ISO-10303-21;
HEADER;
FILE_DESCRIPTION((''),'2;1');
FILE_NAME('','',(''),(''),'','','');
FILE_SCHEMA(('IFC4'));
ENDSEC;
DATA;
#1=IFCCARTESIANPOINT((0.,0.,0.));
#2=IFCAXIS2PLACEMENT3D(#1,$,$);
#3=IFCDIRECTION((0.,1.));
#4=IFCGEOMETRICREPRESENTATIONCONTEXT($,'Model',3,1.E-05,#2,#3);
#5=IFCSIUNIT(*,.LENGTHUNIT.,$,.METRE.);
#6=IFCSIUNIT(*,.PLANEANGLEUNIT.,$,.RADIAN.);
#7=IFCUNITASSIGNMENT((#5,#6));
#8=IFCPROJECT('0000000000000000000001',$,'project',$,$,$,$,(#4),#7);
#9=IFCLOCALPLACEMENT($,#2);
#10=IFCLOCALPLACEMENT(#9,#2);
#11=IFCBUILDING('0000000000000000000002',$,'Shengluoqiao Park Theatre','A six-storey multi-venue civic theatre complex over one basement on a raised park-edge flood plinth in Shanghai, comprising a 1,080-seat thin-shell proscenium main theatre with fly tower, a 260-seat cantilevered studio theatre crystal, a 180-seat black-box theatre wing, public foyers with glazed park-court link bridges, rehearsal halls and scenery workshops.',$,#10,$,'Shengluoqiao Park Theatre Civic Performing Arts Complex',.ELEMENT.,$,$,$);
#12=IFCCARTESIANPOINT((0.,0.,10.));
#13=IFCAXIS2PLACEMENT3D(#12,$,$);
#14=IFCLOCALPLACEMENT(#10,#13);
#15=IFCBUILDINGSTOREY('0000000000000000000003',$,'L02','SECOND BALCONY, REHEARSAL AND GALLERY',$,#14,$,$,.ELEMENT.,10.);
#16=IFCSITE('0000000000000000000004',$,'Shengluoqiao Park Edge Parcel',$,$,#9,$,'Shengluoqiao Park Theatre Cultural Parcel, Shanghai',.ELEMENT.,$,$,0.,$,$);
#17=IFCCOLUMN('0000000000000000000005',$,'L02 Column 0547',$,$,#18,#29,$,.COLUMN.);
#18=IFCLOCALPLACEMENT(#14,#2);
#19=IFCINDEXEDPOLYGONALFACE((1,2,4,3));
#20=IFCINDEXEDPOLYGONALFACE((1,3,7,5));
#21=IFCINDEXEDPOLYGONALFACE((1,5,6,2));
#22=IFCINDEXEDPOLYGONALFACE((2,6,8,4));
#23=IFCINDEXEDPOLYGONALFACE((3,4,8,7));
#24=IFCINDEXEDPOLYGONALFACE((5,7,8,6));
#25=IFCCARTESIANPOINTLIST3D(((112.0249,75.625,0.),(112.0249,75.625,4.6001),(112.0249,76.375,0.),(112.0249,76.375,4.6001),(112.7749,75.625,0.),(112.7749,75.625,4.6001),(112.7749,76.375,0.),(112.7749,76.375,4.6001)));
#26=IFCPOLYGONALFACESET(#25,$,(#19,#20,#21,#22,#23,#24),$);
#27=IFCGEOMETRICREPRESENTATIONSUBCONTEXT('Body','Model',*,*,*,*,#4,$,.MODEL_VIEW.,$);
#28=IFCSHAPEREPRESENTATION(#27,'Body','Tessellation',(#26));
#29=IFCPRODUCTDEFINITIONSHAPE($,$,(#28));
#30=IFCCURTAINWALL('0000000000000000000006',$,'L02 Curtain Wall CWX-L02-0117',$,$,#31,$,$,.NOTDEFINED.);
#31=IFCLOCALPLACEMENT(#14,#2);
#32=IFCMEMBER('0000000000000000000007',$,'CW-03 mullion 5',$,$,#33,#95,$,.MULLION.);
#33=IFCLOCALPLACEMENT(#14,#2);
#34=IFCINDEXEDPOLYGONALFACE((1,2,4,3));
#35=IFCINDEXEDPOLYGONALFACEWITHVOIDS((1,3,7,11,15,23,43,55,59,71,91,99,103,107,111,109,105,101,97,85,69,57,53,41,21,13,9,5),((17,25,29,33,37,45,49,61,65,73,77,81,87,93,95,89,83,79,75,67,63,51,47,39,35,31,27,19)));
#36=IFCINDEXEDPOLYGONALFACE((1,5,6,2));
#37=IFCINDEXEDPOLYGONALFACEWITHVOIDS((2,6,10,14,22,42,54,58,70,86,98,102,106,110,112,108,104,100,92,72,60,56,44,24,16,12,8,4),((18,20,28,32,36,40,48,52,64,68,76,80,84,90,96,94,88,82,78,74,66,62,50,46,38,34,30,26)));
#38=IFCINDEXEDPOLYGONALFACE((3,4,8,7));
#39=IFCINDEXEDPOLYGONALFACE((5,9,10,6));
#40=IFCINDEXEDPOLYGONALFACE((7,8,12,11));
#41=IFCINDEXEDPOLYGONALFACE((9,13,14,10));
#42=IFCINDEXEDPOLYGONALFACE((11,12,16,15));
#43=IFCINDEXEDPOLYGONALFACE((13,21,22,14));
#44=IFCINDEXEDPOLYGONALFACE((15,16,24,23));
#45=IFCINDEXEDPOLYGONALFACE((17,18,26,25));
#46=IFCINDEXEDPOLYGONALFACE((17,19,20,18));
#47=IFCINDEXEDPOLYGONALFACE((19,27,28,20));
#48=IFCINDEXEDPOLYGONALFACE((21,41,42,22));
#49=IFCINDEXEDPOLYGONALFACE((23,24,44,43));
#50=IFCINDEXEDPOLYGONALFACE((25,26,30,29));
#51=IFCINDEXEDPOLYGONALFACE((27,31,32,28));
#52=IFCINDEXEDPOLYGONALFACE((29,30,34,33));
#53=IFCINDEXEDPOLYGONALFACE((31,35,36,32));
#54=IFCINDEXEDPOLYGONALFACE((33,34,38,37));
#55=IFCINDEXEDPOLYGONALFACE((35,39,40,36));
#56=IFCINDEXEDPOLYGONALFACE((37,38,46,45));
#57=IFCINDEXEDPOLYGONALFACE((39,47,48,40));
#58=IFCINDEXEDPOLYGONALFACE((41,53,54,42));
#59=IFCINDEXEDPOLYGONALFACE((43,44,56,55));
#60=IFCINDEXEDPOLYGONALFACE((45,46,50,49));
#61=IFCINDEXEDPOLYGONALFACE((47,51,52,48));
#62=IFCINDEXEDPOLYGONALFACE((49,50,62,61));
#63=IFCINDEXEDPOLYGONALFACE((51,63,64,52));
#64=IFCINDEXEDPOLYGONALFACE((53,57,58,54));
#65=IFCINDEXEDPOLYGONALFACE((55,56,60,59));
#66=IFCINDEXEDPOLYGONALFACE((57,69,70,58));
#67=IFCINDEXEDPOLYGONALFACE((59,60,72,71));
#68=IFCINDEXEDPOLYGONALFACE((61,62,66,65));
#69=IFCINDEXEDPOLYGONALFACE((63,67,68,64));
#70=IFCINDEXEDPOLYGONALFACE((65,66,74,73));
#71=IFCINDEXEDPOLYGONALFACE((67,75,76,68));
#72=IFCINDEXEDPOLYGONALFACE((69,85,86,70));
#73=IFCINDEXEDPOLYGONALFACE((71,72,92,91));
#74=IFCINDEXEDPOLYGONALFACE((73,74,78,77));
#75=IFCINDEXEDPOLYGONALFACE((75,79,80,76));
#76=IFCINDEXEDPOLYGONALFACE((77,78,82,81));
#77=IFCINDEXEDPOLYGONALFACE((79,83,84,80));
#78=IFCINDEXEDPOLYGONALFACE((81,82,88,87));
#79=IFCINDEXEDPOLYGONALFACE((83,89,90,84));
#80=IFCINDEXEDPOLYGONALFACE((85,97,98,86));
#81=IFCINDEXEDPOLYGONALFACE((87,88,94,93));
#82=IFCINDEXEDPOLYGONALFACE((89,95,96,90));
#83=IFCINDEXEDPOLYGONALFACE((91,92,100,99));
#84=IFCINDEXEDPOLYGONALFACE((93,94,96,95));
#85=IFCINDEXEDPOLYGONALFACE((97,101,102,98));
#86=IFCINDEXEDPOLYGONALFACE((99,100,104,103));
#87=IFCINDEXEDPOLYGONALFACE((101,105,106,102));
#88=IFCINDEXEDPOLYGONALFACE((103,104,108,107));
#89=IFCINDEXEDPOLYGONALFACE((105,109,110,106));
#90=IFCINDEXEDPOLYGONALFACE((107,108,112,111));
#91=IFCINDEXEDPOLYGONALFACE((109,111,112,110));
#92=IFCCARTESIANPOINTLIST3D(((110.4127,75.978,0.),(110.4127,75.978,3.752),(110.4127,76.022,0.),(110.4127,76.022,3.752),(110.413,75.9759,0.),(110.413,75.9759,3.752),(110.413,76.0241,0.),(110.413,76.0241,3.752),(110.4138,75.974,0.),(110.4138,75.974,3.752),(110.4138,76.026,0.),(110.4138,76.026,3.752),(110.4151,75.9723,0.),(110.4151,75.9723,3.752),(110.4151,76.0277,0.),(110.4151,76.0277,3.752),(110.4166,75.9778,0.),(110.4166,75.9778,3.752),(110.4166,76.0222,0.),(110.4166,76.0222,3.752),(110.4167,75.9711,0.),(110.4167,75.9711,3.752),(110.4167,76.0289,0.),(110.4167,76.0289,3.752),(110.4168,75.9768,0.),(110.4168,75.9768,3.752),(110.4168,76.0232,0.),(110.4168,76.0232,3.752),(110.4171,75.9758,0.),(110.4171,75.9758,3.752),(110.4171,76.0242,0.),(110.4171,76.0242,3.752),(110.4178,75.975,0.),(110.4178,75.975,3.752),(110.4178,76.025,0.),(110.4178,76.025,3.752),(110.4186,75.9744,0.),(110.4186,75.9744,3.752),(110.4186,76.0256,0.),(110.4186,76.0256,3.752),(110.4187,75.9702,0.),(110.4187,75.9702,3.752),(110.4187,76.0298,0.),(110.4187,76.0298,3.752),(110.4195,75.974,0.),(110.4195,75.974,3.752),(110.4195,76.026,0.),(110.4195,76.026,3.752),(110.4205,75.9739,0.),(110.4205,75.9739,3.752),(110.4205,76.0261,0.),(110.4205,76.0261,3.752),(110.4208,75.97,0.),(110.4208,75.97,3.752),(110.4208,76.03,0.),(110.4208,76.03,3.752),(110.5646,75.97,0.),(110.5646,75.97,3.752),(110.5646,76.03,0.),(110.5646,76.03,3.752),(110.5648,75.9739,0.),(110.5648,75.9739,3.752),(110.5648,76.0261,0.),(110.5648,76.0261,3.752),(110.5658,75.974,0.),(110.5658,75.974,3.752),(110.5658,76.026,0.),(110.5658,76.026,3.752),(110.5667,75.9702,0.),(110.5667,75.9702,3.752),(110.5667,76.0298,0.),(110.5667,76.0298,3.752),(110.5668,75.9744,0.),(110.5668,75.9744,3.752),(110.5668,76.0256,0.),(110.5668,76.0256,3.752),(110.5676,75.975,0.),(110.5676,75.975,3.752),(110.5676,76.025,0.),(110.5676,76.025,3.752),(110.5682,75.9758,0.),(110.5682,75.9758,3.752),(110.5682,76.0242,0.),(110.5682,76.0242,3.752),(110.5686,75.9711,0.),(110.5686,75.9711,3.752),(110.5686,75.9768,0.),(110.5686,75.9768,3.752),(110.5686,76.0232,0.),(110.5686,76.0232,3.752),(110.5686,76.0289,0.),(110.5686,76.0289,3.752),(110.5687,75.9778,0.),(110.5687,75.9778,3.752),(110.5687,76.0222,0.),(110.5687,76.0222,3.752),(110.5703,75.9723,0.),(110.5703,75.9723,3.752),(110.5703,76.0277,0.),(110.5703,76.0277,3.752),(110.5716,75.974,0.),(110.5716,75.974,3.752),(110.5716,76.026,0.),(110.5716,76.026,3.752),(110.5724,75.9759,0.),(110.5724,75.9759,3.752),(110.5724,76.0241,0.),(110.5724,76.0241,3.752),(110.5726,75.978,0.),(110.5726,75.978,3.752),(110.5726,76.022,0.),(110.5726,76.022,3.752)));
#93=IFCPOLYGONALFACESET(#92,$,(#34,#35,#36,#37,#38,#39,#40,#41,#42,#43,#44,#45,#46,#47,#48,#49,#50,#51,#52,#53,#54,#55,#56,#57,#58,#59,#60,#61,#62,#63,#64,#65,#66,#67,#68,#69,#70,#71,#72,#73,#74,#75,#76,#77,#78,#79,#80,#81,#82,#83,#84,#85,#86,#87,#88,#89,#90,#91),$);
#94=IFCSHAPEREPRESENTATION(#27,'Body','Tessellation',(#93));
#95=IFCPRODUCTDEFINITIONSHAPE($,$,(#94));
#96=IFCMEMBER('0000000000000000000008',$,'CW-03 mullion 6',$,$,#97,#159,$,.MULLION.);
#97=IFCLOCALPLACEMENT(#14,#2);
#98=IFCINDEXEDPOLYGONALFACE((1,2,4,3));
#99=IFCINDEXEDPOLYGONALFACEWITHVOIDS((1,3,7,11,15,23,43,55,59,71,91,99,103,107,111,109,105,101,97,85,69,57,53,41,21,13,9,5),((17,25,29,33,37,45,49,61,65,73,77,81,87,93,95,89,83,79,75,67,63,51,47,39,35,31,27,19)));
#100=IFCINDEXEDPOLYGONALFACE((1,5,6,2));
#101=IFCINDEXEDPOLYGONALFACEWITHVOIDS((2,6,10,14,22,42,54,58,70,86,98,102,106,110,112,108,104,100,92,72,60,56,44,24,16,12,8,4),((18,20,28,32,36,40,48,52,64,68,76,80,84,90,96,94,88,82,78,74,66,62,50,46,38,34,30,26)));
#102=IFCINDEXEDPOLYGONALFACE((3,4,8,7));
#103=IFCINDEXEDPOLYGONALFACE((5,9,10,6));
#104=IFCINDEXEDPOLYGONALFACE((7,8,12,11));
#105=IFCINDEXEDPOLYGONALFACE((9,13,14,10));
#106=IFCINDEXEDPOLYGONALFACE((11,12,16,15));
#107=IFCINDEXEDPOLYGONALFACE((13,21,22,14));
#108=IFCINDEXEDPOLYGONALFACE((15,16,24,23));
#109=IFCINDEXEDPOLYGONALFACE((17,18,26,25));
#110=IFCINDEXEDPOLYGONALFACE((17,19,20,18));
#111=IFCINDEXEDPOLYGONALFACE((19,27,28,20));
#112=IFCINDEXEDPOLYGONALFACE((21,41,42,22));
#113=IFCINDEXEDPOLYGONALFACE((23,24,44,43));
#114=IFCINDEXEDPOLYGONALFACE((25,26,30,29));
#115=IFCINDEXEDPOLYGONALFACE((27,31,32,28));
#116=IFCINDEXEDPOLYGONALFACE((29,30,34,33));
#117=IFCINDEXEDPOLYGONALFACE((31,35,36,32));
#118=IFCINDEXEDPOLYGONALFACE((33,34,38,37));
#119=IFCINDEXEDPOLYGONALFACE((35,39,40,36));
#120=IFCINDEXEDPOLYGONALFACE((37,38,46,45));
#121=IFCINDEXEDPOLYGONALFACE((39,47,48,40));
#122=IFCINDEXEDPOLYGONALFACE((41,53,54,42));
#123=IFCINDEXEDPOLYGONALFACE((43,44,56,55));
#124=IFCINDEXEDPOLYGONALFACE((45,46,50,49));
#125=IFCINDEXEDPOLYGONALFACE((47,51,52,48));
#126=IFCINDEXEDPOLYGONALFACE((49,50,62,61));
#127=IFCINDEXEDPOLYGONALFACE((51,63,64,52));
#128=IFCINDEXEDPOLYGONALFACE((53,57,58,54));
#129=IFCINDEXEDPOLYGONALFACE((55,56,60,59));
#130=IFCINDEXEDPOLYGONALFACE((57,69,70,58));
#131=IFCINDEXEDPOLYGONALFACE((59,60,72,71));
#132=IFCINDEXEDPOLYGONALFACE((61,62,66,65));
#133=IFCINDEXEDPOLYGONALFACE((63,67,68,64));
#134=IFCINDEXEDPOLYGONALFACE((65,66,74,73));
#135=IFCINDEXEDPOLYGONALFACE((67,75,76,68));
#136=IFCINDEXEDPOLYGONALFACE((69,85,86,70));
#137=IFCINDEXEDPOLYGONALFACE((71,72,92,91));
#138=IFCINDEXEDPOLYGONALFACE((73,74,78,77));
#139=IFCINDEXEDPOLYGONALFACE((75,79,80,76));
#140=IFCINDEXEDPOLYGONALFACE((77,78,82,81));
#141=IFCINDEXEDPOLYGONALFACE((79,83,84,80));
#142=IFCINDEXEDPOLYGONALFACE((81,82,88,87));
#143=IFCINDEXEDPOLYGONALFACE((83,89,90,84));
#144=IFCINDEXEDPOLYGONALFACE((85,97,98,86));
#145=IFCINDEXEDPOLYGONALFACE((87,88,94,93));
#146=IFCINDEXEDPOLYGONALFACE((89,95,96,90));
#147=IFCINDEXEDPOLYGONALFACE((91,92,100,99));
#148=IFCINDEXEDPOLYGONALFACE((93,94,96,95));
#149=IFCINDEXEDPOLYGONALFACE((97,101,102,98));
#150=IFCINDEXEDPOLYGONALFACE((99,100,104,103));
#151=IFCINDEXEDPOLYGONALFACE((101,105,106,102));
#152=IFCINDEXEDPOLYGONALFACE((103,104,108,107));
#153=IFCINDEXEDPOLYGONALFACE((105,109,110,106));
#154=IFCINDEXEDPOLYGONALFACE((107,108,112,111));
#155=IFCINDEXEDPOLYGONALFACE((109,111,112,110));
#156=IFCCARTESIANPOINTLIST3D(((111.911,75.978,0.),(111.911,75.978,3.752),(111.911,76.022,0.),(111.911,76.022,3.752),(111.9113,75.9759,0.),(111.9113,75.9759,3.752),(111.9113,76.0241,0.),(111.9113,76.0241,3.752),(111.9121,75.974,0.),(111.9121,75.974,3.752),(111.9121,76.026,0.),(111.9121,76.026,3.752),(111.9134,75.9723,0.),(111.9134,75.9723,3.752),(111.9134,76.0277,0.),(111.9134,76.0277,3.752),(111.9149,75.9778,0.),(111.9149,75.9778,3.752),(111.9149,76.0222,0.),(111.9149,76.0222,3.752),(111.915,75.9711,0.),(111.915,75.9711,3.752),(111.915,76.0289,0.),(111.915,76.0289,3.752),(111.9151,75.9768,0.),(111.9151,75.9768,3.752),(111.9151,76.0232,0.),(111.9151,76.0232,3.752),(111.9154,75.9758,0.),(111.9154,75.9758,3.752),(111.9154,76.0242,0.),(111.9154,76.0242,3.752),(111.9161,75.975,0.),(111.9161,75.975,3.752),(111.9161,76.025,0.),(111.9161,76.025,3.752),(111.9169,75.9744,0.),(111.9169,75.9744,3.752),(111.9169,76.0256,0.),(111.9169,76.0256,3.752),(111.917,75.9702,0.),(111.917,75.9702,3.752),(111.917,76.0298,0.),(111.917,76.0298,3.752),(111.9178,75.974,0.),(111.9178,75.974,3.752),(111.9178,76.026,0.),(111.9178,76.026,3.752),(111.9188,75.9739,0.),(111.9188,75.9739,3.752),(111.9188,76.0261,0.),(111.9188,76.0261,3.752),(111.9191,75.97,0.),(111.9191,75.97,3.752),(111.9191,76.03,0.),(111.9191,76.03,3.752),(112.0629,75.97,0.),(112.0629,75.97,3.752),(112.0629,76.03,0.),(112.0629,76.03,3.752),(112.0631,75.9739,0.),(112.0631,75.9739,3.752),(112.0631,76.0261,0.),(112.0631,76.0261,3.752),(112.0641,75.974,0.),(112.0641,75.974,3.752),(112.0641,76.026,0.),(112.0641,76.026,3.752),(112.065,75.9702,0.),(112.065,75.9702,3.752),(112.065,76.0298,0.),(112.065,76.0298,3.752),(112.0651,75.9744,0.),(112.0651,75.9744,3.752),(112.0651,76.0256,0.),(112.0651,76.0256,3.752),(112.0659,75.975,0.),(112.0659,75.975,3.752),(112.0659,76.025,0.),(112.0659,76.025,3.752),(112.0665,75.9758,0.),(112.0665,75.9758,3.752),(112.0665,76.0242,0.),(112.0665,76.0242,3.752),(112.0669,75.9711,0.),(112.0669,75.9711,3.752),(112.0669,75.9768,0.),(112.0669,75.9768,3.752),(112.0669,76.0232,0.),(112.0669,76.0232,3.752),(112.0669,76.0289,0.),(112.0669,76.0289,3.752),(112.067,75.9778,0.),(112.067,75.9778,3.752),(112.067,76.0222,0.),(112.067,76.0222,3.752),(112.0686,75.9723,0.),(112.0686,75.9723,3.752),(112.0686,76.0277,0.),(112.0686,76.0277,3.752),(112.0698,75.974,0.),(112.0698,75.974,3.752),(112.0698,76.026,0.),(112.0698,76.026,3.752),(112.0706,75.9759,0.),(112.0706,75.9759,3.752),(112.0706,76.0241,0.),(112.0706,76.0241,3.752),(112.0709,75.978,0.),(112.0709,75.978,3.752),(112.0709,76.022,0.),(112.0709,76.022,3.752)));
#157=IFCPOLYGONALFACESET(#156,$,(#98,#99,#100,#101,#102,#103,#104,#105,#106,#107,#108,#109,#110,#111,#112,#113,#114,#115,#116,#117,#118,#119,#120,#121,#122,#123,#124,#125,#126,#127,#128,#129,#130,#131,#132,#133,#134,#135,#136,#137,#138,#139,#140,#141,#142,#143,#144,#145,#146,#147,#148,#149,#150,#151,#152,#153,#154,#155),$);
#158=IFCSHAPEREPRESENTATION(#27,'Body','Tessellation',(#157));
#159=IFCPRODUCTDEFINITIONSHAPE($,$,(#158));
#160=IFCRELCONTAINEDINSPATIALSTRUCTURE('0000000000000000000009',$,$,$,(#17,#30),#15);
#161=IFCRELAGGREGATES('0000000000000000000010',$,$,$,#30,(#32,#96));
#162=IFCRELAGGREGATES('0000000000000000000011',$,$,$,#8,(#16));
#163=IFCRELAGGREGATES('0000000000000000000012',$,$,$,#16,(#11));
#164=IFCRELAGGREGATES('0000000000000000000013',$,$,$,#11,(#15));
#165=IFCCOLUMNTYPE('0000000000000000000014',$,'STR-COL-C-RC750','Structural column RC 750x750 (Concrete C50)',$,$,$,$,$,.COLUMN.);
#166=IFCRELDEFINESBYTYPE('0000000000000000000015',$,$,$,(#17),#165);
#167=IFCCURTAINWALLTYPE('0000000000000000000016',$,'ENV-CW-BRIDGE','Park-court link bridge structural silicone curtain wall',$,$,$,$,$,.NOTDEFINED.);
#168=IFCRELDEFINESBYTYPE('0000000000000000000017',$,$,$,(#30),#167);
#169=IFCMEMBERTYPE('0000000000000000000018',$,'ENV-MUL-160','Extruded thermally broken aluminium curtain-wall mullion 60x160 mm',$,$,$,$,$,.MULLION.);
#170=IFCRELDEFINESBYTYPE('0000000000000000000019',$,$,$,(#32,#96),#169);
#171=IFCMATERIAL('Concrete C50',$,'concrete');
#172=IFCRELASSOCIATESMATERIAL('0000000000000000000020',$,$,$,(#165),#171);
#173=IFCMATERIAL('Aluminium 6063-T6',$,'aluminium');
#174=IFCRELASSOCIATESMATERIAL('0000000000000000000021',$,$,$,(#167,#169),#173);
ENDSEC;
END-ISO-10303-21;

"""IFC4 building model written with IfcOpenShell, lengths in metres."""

from ifc_helpers import new_model, si_unit, direction, frame, origin, origin_2d, place, context, subcontext, project, spatial, rectangle, hollow_rectangle, extrude, material, material_profile, profile_set, type_object, element, aggregate, save


model = new_model("IFC4")

# Units and contexts
model_context = context("Model", 3, precision=1e-05, world=origin(), true_north=direction((0.0, 1.0)))
body_context = subcontext(model_context, "Body", "Model", "MODEL_VIEW")
ifc_project = project(units=[si_unit("LENGTHUNIT", "METRE"), si_unit("PLANEANGLEUNIT", "RADIAN")], contexts=[model_context])

# Site, building, storey
site_placement = place(None, origin())
site = spatial("IfcSite", under=ifc_project, at=site_placement, Name="Shengluoqiao Park Edge Parcel", LongName="Shengluoqiao Park Theatre Cultural Parcel, Shanghai", CompositionType="ELEMENT", RefElevation=0.0)
building_placement = place(site_placement, origin())
building = spatial("IfcBuilding", under=site, at=building_placement, Name="Shengluoqiao Park Theatre", Description="A six-storey multi-venue civic theatre complex over one basement on a raised park-edge flood plinth in Shanghai, comprising a 1,080-seat thin-shell proscenium main theatre with fly tower, a 260-seat cantilevered studio theatre crystal, a 180-seat black-box theatre wing, public foyers with glazed park-court link bridges, rehearsal halls and scenery workshops.", LongName="Shengluoqiao Park Theatre Civic Performing Arts Complex", CompositionType="ELEMENT")
storey_placement = place(building_placement, frame((0.0, 0.0, 10.0)))
storey = spatial("IfcBuildingStorey", under=building, at=storey_placement, Name="L02", Description="SECOND BALCONY, REHEARSAL AND GALLERY", CompositionType="ELEMENT", Elevation=10.0)

# Column
ifc_material_1 = material(Name="Concrete C50", Category="concrete")
ifc_material_profile_1 = material_profile(ifc_material_1, rectangle(XDim=0.75, YDim=0.75, at=origin_2d()), Name="RC 750x750")
ifc_profile_set_1 = profile_set([ifc_material_profile_1], Name="Concrete C50")
column_type = type_object("IfcColumnType", Name="STR-COL-C-RC750", Description="Structural column RC 750x750 (Concrete C50)", PredefinedType="COLUMN", material=ifc_profile_set_1)
column_placement = place(storey_placement, frame((112.3999, 76.0, 0.0), z_axis=(0.0, 0.0, 1.0), x_axis=(1.0, 0.0, 0.0)))
element("IfcColumn", 1, at=column_placement, inside=storey, type_object=column_type, Name="L02 Column 0547", PredefinedType="COLUMN", context=body_context, shape_type="SweptSolid", body=[
    extrude(rectangle(XDim=0.75, YDim=0.75, at=origin_2d()), origin(), (0.0, 0.0, 1.0), 4.6001),
])

# Curtain wall, members
ifc_material_2 = material(Name="Aluminium 6063-T6", Category="aluminium")
curtain_wall_type = type_object("IfcCurtainWallType", Name="ENV-CW-BRIDGE", Description="Park-court link bridge structural silicone curtain wall", PredefinedType="NOTDEFINED", material=ifc_material_2)
curtain_wall_1_placement = place(storey_placement, origin())
curtain_wall_1 = element("IfcCurtainWall", 2, at=curtain_wall_1_placement, inside=storey, type_object=curtain_wall_type, Name="L02 Curtain Wall CWX-L02-0117", PredefinedType="NOTDEFINED")
ifc_material_profile_2 = material_profile(ifc_material_2, hollow_rectangle(XDim=0.0601, YDim=0.1599, WallThickness=0.0039, InnerFilletRadius=0.0039, OuterFilletRadius=0.0081, at=origin_2d()), Name="ALU MULLION 160x60x4")
ifc_profile_set_2 = profile_set([ifc_material_profile_2], Name="Aluminium 6063-T6")
member_type_1 = type_object("IfcMemberType", Name="ENV-MUL-160", Description="Extruded thermally broken aluminium curtain-wall mullion 60x160 mm", PredefinedType="MULLION", material=ifc_profile_set_2)
member_1_placement = place(storey_placement, frame((110.4927, 76.0, 0.0), z_axis=(0.0, 0.0, 1.0), x_axis=(0.0, 1.0, 0.0)))
member_1 = element("IfcMember", 3, at=member_1_placement, type_object=member_type_1, Name="CW-03 mullion 5", PredefinedType="MULLION", context=body_context, shape_type="SweptSolid", body=[
    extrude(hollow_rectangle(XDim=0.0601, YDim=0.1599, WallThickness=0.0039, InnerFilletRadius=0.0039, OuterFilletRadius=0.0081, at=origin_2d()), origin(), (0.0, 0.0, 1.0), 3.752),
])
member_2_placement = place(storey_placement, frame((111.991, 76.0, 0.0), z_axis=(0.0, 0.0, 1.0), x_axis=(0.0, 1.0, 0.0)))
member_2 = element("IfcMember", 4, at=member_2_placement, type_object=member_type_1, Name="CW-03 mullion 6", PredefinedType="MULLION", context=body_context, shape_type="SweptSolid", body=[
    extrude(hollow_rectangle(XDim=0.0601, YDim=0.1599, WallThickness=0.0039, InnerFilletRadius=0.0039, OuterFilletRadius=0.0081, at=origin_2d()), origin(), (0.0, 0.0, 1.0), 3.752),
])

aggregate(curtain_wall_1, [member_1, member_2])

save(model, "model.ifc")
